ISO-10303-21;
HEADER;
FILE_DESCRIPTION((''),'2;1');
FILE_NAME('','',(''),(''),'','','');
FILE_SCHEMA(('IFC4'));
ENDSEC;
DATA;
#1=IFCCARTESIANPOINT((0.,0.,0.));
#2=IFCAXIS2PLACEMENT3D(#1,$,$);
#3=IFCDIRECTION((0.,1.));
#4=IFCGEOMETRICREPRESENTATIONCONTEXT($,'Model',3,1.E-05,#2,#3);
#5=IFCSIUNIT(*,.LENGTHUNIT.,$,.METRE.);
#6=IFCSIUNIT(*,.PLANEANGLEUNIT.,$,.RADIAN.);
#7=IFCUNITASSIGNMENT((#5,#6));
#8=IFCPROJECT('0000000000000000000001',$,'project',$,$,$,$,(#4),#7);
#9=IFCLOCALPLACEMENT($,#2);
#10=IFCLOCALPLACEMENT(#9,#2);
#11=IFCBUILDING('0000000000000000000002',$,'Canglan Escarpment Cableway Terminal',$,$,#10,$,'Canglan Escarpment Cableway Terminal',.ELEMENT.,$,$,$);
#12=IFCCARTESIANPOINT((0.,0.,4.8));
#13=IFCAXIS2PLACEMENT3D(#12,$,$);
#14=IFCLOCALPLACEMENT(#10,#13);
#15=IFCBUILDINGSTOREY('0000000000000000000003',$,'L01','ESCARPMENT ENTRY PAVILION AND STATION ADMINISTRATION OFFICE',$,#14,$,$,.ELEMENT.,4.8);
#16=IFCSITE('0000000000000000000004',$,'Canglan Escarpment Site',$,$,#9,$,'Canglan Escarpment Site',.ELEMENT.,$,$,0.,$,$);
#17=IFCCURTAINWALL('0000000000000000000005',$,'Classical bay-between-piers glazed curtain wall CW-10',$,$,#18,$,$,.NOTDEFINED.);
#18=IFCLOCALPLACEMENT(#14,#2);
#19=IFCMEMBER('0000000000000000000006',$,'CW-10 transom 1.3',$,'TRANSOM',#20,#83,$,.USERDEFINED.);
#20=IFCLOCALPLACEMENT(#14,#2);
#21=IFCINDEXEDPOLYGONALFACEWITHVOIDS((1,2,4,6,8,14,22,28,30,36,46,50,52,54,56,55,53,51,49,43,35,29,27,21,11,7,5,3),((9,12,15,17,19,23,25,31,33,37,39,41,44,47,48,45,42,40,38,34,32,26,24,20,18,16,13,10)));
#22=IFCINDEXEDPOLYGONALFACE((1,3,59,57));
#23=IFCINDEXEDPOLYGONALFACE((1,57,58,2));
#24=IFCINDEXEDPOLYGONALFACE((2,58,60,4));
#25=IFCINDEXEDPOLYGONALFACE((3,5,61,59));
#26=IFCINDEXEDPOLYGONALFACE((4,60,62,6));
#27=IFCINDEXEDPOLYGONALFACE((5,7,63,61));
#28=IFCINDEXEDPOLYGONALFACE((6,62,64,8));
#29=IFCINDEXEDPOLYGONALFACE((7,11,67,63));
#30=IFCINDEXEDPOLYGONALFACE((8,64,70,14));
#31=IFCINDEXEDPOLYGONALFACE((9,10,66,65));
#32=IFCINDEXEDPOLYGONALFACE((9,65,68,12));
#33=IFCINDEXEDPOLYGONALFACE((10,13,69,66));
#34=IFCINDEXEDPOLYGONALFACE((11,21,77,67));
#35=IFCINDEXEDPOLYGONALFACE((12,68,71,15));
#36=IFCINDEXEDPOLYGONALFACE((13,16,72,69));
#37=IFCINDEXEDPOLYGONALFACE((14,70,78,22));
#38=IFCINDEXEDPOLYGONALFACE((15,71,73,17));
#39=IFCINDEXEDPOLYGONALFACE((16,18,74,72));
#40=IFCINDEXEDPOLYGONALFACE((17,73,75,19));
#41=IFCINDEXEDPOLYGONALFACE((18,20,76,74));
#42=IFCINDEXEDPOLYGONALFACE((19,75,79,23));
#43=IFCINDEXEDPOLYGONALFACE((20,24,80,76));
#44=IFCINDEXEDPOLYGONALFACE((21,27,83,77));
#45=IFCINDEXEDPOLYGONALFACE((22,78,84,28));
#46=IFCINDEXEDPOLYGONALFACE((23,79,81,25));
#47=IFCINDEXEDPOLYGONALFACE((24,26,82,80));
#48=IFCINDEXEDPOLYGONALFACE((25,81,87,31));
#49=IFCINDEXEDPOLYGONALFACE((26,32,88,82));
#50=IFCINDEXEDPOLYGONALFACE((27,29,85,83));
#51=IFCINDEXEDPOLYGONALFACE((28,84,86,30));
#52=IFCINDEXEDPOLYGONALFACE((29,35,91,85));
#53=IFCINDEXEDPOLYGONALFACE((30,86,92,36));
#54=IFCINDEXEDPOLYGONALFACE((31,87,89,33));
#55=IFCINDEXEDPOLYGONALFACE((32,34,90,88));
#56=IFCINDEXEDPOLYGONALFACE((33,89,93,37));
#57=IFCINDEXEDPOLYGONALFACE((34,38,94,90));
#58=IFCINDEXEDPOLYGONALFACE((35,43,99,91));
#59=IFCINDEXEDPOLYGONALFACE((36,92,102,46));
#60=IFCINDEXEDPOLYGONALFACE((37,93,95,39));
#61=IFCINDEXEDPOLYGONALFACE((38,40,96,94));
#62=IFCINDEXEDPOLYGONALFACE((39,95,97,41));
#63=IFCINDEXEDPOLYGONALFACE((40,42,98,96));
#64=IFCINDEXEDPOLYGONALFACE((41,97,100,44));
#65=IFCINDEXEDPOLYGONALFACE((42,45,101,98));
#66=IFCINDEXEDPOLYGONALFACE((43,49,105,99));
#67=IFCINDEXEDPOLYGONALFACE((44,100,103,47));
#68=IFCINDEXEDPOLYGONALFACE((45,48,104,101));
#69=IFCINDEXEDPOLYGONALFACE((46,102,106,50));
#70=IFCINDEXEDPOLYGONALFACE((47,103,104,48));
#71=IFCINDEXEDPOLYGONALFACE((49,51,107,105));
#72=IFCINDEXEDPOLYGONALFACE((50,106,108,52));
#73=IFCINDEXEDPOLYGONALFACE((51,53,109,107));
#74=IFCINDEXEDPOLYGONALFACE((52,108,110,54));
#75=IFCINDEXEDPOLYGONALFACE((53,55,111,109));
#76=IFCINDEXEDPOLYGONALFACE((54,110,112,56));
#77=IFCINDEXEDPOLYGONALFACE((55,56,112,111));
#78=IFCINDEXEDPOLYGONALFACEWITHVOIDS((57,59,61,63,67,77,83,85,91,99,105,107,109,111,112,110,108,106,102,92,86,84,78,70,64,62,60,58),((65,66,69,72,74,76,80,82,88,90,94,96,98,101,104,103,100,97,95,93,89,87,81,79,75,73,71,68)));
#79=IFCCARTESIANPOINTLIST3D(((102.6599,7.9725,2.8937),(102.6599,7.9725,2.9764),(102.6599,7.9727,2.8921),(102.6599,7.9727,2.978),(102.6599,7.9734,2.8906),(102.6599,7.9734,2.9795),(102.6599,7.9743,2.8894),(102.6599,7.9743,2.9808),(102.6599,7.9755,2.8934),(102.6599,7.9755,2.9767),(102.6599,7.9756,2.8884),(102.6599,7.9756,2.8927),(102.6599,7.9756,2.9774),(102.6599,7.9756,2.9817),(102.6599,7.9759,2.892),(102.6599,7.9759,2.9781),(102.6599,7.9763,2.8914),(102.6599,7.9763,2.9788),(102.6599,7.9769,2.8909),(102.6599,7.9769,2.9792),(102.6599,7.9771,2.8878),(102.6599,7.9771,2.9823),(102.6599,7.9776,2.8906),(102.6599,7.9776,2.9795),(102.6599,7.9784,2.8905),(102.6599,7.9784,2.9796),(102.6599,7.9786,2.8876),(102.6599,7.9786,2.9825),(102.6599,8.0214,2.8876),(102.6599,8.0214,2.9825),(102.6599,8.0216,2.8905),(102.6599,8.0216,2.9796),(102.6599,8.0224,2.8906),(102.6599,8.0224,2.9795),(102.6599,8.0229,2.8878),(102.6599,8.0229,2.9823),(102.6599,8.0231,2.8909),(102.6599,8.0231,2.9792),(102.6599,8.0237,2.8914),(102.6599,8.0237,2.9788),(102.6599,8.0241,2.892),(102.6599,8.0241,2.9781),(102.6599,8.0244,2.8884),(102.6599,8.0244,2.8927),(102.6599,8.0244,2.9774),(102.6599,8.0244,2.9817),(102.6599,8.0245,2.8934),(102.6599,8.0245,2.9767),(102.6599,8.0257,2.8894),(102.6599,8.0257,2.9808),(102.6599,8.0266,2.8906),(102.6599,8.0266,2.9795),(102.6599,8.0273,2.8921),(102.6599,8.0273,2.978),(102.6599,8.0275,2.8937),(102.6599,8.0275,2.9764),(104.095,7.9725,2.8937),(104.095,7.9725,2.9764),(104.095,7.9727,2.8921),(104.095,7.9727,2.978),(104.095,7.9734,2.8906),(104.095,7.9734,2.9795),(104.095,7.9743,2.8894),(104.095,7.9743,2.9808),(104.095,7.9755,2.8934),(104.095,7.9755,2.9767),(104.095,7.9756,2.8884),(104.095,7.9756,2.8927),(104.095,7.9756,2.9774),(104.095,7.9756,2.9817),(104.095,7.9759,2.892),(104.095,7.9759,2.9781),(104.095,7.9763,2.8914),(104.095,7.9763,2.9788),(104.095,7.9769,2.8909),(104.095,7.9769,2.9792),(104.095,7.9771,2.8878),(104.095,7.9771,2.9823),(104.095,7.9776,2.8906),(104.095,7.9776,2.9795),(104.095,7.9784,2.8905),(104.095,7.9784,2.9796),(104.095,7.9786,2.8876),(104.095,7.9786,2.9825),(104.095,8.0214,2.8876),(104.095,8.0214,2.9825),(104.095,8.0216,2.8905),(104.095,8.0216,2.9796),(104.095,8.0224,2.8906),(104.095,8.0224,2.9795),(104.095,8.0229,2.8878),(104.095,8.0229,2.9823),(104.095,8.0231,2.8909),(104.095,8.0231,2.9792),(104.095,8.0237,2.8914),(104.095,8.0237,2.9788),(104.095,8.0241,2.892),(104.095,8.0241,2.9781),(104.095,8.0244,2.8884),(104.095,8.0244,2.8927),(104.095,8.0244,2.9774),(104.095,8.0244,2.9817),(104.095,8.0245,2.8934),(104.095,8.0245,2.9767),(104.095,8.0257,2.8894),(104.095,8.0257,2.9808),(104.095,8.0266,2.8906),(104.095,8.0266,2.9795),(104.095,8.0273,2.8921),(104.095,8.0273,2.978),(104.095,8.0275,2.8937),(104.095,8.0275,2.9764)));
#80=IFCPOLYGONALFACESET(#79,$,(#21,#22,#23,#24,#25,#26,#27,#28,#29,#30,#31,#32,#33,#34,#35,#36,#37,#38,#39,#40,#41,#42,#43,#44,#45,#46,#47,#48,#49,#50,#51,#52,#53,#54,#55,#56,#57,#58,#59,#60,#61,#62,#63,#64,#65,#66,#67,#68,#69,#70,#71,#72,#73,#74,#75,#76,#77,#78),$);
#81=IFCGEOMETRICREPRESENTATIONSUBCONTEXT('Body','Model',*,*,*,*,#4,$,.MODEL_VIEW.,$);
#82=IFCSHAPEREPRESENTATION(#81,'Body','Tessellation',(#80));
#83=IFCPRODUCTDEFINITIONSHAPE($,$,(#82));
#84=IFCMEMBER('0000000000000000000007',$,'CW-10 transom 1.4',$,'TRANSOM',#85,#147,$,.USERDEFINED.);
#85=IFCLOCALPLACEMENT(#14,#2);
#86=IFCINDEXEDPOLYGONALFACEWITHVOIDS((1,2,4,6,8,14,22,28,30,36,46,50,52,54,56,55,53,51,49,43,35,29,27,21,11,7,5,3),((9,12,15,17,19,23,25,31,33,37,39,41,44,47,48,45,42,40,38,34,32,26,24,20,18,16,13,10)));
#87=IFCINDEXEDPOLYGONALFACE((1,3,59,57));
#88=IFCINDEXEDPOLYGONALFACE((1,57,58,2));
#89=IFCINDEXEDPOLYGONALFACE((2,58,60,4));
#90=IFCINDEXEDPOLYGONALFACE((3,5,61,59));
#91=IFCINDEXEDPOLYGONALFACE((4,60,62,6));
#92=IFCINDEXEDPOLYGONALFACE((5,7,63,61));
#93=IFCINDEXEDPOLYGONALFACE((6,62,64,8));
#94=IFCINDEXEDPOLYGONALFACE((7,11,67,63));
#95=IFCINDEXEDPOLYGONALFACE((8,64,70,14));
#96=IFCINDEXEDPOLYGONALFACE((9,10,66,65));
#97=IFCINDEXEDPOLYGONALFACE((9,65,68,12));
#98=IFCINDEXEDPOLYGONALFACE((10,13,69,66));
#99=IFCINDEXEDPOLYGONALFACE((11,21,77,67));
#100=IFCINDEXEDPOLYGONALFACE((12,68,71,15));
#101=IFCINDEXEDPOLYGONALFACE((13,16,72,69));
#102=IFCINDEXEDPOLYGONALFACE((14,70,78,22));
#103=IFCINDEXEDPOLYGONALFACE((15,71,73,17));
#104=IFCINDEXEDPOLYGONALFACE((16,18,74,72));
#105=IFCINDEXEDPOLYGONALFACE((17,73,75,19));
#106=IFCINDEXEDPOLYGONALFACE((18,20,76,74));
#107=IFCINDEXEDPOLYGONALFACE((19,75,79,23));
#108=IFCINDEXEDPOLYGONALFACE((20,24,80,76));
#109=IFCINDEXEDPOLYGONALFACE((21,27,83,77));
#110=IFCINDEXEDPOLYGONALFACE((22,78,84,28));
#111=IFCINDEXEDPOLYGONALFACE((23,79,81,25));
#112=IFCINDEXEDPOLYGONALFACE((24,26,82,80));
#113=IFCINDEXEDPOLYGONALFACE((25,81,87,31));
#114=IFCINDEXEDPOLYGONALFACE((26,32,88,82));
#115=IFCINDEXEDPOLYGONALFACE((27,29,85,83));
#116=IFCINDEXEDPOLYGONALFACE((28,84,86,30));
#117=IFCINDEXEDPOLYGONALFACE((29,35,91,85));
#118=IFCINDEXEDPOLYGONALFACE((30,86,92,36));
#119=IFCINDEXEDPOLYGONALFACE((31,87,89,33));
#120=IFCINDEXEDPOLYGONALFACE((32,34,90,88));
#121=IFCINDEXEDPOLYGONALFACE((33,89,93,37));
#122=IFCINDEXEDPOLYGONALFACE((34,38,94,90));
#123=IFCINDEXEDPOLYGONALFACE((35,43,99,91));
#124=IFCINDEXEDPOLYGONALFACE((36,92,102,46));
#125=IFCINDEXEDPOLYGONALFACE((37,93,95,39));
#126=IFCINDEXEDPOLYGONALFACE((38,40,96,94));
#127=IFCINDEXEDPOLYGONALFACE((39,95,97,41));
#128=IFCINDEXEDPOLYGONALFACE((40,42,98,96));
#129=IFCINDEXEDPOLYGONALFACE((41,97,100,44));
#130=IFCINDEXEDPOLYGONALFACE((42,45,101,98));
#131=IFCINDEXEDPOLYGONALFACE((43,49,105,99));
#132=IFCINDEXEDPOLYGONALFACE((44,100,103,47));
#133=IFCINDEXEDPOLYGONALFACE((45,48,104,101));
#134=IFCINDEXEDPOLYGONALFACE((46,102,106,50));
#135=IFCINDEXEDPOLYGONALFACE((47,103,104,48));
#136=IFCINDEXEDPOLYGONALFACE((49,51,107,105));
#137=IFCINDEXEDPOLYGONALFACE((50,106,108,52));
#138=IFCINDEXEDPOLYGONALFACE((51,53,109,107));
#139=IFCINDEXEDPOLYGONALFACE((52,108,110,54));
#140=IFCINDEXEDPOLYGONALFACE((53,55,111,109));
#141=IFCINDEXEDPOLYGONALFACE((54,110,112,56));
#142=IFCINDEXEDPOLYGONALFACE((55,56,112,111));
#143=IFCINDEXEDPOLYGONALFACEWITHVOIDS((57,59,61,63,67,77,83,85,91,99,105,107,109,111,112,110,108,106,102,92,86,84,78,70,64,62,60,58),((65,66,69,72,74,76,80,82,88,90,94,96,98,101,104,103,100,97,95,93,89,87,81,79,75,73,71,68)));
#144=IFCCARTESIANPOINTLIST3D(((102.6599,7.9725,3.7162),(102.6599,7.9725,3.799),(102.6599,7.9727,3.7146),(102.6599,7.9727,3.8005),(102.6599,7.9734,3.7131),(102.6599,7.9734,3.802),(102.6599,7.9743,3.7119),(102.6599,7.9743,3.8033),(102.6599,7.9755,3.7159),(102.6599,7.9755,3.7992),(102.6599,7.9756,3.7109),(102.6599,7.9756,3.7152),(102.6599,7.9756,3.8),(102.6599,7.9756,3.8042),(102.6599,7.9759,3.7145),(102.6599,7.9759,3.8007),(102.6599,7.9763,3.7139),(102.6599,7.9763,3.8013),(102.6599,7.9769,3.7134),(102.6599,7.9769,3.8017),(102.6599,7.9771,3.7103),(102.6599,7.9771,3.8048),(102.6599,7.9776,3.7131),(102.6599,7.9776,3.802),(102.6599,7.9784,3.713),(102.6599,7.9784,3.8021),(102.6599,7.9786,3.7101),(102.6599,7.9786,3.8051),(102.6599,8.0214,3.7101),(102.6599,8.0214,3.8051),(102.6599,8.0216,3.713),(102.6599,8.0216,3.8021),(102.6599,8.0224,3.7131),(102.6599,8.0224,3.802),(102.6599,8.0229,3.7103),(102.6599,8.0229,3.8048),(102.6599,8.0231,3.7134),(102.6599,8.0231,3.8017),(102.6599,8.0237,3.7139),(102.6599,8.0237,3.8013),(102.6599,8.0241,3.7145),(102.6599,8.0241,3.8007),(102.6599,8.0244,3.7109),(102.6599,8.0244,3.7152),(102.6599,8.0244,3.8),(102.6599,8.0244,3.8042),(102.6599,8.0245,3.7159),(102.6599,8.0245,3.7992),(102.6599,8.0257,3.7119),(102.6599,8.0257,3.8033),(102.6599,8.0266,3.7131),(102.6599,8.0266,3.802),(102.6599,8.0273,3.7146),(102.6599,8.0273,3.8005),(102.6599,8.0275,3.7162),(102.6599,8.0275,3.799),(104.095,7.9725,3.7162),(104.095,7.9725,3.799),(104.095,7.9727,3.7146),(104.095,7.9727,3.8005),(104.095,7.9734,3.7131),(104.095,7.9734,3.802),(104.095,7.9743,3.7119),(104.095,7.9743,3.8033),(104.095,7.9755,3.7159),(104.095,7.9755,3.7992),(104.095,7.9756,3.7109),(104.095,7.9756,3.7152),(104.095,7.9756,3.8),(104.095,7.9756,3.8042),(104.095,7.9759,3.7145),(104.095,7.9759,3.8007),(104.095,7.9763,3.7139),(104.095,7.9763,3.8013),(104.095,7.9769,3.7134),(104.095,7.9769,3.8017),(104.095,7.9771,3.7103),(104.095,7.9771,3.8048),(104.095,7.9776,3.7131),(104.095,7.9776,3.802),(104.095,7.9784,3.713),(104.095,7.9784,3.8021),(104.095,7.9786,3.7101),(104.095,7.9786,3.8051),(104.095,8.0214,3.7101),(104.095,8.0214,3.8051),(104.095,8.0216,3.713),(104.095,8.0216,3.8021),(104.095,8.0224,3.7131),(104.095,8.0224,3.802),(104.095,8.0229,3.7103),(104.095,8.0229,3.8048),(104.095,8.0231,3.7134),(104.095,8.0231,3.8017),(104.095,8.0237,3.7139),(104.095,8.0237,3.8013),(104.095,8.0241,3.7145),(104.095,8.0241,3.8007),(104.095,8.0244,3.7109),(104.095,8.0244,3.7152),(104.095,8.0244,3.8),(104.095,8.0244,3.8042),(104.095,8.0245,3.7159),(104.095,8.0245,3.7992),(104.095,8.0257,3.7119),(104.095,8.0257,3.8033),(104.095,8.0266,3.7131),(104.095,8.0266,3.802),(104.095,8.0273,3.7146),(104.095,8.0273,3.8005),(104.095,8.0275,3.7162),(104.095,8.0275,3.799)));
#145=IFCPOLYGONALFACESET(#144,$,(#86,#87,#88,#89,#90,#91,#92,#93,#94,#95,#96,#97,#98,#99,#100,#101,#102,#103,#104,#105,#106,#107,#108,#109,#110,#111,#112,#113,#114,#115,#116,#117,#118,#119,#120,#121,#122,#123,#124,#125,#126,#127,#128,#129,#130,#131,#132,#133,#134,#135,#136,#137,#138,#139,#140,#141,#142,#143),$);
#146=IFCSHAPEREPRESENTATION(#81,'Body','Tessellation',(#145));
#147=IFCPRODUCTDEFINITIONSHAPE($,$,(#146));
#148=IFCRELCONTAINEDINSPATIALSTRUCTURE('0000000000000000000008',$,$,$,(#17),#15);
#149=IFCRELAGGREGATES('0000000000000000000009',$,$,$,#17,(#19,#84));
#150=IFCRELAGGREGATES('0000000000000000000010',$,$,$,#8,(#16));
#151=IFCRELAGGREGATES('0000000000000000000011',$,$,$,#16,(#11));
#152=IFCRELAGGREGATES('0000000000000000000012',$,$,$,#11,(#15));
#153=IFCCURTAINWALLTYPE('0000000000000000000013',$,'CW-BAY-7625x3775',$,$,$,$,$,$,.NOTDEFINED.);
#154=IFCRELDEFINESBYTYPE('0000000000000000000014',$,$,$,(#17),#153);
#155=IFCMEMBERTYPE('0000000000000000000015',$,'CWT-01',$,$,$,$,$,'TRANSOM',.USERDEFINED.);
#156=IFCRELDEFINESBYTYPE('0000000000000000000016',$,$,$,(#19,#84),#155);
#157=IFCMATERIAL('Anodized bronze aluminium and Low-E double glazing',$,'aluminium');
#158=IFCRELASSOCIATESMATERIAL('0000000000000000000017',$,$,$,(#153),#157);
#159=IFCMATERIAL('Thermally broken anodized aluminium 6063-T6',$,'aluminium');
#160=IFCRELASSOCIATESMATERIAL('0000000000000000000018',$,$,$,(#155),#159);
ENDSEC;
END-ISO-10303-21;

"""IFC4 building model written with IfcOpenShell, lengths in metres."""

from ifc_helpers import new_model, si_unit, direction, frame, origin, origin_2d, place, context, subcontext, project, spatial, hollow_rectangle, extrude, material, material_profile, profile_set, type_object, element, aggregate, save


model = new_model("IFC4")

# Units and contexts
model_context = context("Model", 3, precision=1e-05, world=origin(), true_north=direction((0.0, 1.0)))
body_context = subcontext(model_context, "Body", "Model", "MODEL_VIEW")
ifc_project = project(units=[si_unit("LENGTHUNIT", "METRE"), si_unit("PLANEANGLEUNIT", "RADIAN")], contexts=[model_context])

# Site, building, storey
site_placement = place(None, origin())
site = spatial("IfcSite", under=ifc_project, at=site_placement, Name="Canglan Escarpment Site", LongName="Canglan Escarpment Site", CompositionType="ELEMENT", RefElevation=0.0)
building_placement = place(site_placement, origin())
building = spatial("IfcBuilding", under=site, at=building_placement, Name="Canglan Escarpment Cableway Terminal", LongName="Canglan Escarpment Cableway Terminal", CompositionType="ELEMENT")
storey_placement = place(building_placement, frame((0.0, 0.0, 4.8)))
storey = spatial("IfcBuildingStorey", under=building, at=storey_placement, Name="L01", Description="ESCARPMENT ENTRY PAVILION AND STATION ADMINISTRATION OFFICE", CompositionType="ELEMENT", Elevation=4.8)

# Curtain wall, members
ifc_material_1 = material(Name="Anodized bronze aluminium and Low-E double glazing", Category="aluminium")
curtain_wall_type = type_object("IfcCurtainWallType", Name="CW-BAY-7625x3775", PredefinedType="NOTDEFINED", material=ifc_material_1)
curtain_wall_placement = place(storey_placement, origin())
curtain_wall = element("IfcCurtainWall", 1, at=curtain_wall_placement, inside=storey, type_object=curtain_wall_type, Name="Classical bay-between-piers glazed curtain wall CW-10", PredefinedType="NOTDEFINED")
ifc_material_2 = material(Name="Thermally broken anodized aluminium 6063-T6", Category="aluminium")
ifc_material_profile_1 = material_profile(ifc_material_2, hollow_rectangle(XDim=0.0549, YDim=0.095, WallThickness=0.0029, InnerFilletRadius=0.0029, OuterFilletRadius=0.0061, at=origin_2d()), Name="ALU-TRAN 55x95x3")
ifc_profile_set_1 = profile_set([ifc_material_profile_1], Name="Thermally broken anodized aluminium 6063-T6")
member_type_1 = type_object("IfcMemberType", Name="CWT-01", ElementType="TRANSOM", PredefinedType="USERDEFINED", material=ifc_profile_set_1)
member_1_placement = place(storey_placement, frame((102.6599, 8.0, 2.9351), z_axis=(1.0, 0.0, 0.0), x_axis=(0.0, 1.0, 0.0)))
member_1 = element("IfcMember", 2, at=member_1_placement, type_object=member_type_1, Name="CW-10 transom 1.3", ObjectType="TRANSOM", PredefinedType="USERDEFINED", context=body_context, shape_type="SweptSolid", body=[
    extrude(hollow_rectangle(XDim=0.0549, YDim=0.095, WallThickness=0.0029, InnerFilletRadius=0.0029, OuterFilletRadius=0.0061, at=origin_2d()), origin(), (0.0, 0.0, 1.0), 1.4351),
])
member_2_placement = place(storey_placement, frame((102.6599, 8.0, 3.7576), z_axis=(1.0, 0.0, 0.0), x_axis=(0.0, 1.0, 0.0)))
member_2 = element("IfcMember", 3, at=member_2_placement, type_object=member_type_1, Name="CW-10 transom 1.4", ObjectType="TRANSOM", PredefinedType="USERDEFINED", context=body_context, shape_type="SweptSolid", body=[
    extrude(hollow_rectangle(XDim=0.0549, YDim=0.095, WallThickness=0.0029, InnerFilletRadius=0.0029, OuterFilletRadius=0.0061, at=origin_2d()), origin(), (0.0, 0.0, 1.0), 1.4351),
])
aggregate(curtain_wall, [member_1, member_2])

save(model, "model.ifc")
